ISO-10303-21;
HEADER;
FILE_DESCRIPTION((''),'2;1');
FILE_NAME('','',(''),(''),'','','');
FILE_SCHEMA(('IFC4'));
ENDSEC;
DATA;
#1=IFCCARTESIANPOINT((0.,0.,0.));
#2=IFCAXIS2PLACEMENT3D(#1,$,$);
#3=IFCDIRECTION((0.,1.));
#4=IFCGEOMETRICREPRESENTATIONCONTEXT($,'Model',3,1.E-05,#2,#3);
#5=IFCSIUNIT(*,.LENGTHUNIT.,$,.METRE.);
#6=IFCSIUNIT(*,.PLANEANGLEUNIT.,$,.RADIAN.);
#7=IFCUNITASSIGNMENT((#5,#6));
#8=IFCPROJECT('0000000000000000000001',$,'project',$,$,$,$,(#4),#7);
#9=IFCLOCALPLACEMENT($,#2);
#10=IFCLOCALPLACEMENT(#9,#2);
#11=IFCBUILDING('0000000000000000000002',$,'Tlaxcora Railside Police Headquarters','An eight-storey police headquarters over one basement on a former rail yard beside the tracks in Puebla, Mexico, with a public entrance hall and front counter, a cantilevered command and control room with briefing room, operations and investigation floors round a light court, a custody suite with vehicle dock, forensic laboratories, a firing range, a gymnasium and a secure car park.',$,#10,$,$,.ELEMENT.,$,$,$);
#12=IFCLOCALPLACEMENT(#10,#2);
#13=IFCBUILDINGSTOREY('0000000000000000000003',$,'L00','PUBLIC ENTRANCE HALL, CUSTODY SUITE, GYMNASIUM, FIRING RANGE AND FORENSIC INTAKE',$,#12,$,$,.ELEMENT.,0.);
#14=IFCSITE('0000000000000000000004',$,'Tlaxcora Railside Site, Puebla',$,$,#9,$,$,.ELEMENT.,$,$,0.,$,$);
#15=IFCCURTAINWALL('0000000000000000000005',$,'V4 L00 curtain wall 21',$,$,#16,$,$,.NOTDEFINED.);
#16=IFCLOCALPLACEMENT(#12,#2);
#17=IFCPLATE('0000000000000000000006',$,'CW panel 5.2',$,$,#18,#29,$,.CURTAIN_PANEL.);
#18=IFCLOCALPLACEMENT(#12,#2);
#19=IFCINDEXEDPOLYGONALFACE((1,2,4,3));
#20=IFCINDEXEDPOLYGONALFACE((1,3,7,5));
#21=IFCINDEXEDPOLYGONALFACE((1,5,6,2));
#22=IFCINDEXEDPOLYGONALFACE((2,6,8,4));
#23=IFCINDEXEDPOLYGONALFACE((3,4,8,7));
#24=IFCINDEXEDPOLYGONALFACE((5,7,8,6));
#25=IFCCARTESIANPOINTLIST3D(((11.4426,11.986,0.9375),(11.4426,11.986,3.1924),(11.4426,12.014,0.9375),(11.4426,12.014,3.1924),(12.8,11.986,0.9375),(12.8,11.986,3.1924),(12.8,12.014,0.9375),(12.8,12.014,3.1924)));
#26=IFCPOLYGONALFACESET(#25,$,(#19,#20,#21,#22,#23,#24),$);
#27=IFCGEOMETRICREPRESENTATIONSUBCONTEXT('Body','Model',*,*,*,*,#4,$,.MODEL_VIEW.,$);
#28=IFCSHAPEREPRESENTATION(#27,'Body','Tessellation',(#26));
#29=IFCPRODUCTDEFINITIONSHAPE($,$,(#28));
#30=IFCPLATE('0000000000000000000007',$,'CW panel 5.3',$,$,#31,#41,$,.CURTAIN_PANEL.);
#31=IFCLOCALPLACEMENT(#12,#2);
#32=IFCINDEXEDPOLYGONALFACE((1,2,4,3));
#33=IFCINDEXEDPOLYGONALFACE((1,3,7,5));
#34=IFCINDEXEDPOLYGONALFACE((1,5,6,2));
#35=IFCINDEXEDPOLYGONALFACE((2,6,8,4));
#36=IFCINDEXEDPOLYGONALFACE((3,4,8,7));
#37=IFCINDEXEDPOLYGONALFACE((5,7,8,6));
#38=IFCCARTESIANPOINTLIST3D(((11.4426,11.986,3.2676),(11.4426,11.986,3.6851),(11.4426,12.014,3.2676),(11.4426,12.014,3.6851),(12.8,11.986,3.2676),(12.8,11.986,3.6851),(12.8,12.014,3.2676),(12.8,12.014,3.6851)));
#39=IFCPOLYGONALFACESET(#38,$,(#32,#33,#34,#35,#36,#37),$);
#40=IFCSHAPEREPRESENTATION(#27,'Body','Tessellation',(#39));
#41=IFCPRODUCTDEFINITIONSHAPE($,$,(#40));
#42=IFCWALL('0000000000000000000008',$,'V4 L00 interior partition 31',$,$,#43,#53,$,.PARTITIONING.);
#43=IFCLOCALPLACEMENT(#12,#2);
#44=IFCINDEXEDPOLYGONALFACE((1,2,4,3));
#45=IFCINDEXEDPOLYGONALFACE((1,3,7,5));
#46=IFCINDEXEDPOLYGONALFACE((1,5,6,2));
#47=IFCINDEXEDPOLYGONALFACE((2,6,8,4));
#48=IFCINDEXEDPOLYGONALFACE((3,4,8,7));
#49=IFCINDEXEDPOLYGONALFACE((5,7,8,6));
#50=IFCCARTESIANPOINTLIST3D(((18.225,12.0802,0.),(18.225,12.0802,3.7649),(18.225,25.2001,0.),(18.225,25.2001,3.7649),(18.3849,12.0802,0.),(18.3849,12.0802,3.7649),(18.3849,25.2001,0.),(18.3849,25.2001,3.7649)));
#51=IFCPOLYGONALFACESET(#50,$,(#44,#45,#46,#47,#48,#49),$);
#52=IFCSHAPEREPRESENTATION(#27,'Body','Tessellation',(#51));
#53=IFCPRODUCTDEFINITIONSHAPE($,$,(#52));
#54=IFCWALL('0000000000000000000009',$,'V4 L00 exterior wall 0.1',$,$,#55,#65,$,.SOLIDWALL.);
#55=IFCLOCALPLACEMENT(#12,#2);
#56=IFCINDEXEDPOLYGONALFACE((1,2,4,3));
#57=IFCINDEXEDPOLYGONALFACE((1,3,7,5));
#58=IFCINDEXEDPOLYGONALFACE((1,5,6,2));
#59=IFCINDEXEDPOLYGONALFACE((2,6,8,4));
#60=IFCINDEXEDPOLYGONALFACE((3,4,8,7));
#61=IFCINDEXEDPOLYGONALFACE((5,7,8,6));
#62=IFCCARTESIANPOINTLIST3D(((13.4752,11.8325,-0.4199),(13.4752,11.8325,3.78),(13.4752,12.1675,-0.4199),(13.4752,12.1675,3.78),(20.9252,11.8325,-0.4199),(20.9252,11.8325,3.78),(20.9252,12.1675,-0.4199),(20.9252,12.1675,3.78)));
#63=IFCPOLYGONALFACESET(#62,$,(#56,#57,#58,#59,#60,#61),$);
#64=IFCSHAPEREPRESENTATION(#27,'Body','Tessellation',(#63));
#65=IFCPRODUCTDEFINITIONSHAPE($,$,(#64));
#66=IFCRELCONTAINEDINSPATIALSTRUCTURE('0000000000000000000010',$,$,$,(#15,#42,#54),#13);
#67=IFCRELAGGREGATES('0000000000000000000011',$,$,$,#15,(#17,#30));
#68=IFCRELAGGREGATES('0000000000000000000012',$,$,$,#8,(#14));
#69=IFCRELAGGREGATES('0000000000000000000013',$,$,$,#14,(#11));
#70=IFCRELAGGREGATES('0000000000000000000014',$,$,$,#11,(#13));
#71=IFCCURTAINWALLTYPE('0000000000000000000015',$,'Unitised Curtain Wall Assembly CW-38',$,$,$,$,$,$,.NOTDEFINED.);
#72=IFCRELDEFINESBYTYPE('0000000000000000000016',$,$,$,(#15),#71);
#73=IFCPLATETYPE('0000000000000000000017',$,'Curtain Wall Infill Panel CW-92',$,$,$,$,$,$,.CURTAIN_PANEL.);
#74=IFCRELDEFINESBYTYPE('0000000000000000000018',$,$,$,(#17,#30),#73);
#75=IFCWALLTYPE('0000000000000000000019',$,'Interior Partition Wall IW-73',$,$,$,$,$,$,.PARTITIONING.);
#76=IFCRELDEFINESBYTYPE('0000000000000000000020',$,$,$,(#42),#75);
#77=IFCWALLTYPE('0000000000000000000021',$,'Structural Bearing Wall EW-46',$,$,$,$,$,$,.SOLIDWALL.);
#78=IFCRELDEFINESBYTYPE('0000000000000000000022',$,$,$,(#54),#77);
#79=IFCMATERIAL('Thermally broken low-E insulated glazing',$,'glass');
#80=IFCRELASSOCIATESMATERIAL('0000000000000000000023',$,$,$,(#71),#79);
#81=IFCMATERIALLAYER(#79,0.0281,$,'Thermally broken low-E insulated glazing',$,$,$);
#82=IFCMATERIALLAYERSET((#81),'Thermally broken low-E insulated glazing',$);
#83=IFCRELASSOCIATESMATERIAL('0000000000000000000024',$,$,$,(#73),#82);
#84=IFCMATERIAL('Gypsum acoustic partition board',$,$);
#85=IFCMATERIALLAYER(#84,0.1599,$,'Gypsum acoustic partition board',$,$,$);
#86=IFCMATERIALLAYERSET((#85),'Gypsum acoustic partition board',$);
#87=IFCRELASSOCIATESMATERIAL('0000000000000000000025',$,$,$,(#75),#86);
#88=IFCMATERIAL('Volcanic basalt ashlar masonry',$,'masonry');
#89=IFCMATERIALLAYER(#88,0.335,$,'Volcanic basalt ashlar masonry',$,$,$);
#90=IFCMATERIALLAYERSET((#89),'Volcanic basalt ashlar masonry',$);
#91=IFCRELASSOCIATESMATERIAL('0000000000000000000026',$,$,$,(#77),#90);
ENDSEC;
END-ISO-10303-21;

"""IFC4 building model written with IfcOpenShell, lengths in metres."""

from ifc_helpers import new_model, si_unit, direction, frame, frame_2d, origin, origin_2d, place, context, subcontext, project, spatial, rectangle, extrude, material, layer, layer_set, type_object, element, aggregate, save


model = new_model("IFC4")

# Units and contexts
model_context = context("Model", 3, precision=1e-05, world=origin(), true_north=direction((0.0, 1.0)))
body_context = subcontext(model_context, "Body", "Model", "MODEL_VIEW")
ifc_project = project(units=[si_unit("LENGTHUNIT", "METRE"), si_unit("PLANEANGLEUNIT", "RADIAN")], contexts=[model_context])

# Site, building, storey
site_placement = place(None, origin())
site = spatial("IfcSite", under=ifc_project, at=site_placement, Name="Tlaxcora Railside Site, Puebla", CompositionType="ELEMENT", RefElevation=0.0)
building_placement = place(site_placement, origin())
building = spatial("IfcBuilding", under=site, at=building_placement, Name="Tlaxcora Railside Police Headquarters", Description="An eight-storey police headquarters over one basement on a former rail yard beside the tracks in Puebla, Mexico, with a public entrance hall and front counter, a cantilevered command and control room with briefing room, operations and investigation floors round a light court, a custody suite with vehicle dock, forensic laboratories, a firing range, a gymnasium and a secure car park.", CompositionType="ELEMENT")
storey_placement = place(building_placement, origin())
storey = spatial("IfcBuildingStorey", under=building, at=storey_placement, Name="L00", Description="PUBLIC ENTRANCE HALL, CUSTODY SUITE, GYMNASIUM, FIRING RANGE AND FORENSIC INTAKE", CompositionType="ELEMENT", Elevation=0.0)

# Curtain wall
ifc_material_1 = material(Name="Thermally broken low-E insulated glazing", Category="glass")
curtain_wall_type = type_object("IfcCurtainWallType", Name="Unitised Curtain Wall Assembly CW-38", PredefinedType="NOTDEFINED", material=ifc_material_1)
curtain_wall_placement = place(storey_placement, origin())
curtain_wall = element("IfcCurtainWall", 1, at=curtain_wall_placement, inside=storey, type_object=curtain_wall_type, Name="V4 L00 curtain wall 21", PredefinedType="NOTDEFINED")

# Plates
ifc_layer_1 = layer(ifc_material_1, 0.0281, Name="Thermally broken low-E insulated glazing")
ifc_layer_set_1 = layer_set([ifc_layer_1], Name="Thermally broken low-E insulated glazing")
plate_type = type_object("IfcPlateType", Name="Curtain Wall Infill Panel CW-92", PredefinedType="CURTAIN_PANEL", material=ifc_layer_set_1)
plate_1_placement = place(storey_placement, frame((12.1213, 12.0, 0.9375), z_axis=(0.0, 0.0, 1.0), x_axis=(1.0, 0.0, 0.0)))
plate_1 = element("IfcPlate", 2, at=plate_1_placement, type_object=plate_type, Name="CW panel 5.2", PredefinedType="CURTAIN_PANEL", context=body_context, shape_type="SweptSolid", body=[
    extrude(rectangle(XDim=1.3574, YDim=0.0281, at=origin_2d()), origin(), (0.0, 0.0, 1.0), 2.2549),
])
plate_2_placement = place(storey_placement, frame((12.1213, 12.0, 3.2676), z_axis=(0.0, 0.0, 1.0), x_axis=(1.0, 0.0, 0.0)))
plate_2 = element("IfcPlate", 3, at=plate_2_placement, type_object=plate_type, Name="CW panel 5.3", PredefinedType="CURTAIN_PANEL", context=body_context, shape_type="SweptSolid", body=[
    extrude(rectangle(XDim=1.3574, YDim=0.0281, at=origin_2d()), origin(), (0.0, 0.0, 1.0), 0.4175),
])
aggregate(curtain_wall, [plate_1, plate_2])

# Walls
ifc_material_2 = material(Name="Gypsum acoustic partition board")
ifc_layer_2 = layer(ifc_material_2, 0.1599, Name="Gypsum acoustic partition board")
ifc_layer_set_2 = layer_set([ifc_layer_2], Name="Gypsum acoustic partition board")
wall_type_1 = type_object("IfcWallType", Name="Interior Partition Wall IW-73", PredefinedType="PARTITIONING", material=ifc_layer_set_2)
wall_1_placement = place(storey_placement, frame((18.3049, 12.0801, 0.0), z_axis=(0.0, 0.0, 1.0), x_axis=(0.0, 1.0, 0.0)))
element("IfcWall", 4, at=wall_1_placement, inside=storey, type_object=wall_type_1, Name="V4 L00 interior partition 31", PredefinedType="PARTITIONING", context=body_context, shape_type="SweptSolid", body=[
    extrude(rectangle(XDim=13.1199, YDim=0.1599, at=frame_2d((6.5601, 0.0))), origin(), (0.0, 0.0, 1.0), 3.7649),
])
ifc_material_3 = material(Name="Volcanic basalt ashlar masonry", Category="masonry")
ifc_layer_3 = layer(ifc_material_3, 0.335, Name="Volcanic basalt ashlar masonry")
ifc_layer_set_3 = layer_set([ifc_layer_3], Name="Volcanic basalt ashlar masonry")
wall_type_2 = type_object("IfcWallType", Name="Structural Bearing Wall EW-46", PredefinedType="SOLIDWALL", material=ifc_layer_set_3)
wall_2_placement = place(storey_placement, frame((13.4751, 12.0, -0.4199), z_axis=(0.0, 0.0, 1.0), x_axis=(1.0, 0.0, 0.0)))
element("IfcWall", 5, at=wall_2_placement, inside=storey, type_object=wall_type_2, Name="V4 L00 exterior wall 0.1", PredefinedType="SOLIDWALL", context=body_context, shape_type="SweptSolid", body=[
    extrude(rectangle(XDim=7.45, YDim=0.335, at=frame_2d((3.7251, 0.0))), origin(), (0.0, 0.0, 1.0), 4.2),
])

save(model, "model.ifc")
